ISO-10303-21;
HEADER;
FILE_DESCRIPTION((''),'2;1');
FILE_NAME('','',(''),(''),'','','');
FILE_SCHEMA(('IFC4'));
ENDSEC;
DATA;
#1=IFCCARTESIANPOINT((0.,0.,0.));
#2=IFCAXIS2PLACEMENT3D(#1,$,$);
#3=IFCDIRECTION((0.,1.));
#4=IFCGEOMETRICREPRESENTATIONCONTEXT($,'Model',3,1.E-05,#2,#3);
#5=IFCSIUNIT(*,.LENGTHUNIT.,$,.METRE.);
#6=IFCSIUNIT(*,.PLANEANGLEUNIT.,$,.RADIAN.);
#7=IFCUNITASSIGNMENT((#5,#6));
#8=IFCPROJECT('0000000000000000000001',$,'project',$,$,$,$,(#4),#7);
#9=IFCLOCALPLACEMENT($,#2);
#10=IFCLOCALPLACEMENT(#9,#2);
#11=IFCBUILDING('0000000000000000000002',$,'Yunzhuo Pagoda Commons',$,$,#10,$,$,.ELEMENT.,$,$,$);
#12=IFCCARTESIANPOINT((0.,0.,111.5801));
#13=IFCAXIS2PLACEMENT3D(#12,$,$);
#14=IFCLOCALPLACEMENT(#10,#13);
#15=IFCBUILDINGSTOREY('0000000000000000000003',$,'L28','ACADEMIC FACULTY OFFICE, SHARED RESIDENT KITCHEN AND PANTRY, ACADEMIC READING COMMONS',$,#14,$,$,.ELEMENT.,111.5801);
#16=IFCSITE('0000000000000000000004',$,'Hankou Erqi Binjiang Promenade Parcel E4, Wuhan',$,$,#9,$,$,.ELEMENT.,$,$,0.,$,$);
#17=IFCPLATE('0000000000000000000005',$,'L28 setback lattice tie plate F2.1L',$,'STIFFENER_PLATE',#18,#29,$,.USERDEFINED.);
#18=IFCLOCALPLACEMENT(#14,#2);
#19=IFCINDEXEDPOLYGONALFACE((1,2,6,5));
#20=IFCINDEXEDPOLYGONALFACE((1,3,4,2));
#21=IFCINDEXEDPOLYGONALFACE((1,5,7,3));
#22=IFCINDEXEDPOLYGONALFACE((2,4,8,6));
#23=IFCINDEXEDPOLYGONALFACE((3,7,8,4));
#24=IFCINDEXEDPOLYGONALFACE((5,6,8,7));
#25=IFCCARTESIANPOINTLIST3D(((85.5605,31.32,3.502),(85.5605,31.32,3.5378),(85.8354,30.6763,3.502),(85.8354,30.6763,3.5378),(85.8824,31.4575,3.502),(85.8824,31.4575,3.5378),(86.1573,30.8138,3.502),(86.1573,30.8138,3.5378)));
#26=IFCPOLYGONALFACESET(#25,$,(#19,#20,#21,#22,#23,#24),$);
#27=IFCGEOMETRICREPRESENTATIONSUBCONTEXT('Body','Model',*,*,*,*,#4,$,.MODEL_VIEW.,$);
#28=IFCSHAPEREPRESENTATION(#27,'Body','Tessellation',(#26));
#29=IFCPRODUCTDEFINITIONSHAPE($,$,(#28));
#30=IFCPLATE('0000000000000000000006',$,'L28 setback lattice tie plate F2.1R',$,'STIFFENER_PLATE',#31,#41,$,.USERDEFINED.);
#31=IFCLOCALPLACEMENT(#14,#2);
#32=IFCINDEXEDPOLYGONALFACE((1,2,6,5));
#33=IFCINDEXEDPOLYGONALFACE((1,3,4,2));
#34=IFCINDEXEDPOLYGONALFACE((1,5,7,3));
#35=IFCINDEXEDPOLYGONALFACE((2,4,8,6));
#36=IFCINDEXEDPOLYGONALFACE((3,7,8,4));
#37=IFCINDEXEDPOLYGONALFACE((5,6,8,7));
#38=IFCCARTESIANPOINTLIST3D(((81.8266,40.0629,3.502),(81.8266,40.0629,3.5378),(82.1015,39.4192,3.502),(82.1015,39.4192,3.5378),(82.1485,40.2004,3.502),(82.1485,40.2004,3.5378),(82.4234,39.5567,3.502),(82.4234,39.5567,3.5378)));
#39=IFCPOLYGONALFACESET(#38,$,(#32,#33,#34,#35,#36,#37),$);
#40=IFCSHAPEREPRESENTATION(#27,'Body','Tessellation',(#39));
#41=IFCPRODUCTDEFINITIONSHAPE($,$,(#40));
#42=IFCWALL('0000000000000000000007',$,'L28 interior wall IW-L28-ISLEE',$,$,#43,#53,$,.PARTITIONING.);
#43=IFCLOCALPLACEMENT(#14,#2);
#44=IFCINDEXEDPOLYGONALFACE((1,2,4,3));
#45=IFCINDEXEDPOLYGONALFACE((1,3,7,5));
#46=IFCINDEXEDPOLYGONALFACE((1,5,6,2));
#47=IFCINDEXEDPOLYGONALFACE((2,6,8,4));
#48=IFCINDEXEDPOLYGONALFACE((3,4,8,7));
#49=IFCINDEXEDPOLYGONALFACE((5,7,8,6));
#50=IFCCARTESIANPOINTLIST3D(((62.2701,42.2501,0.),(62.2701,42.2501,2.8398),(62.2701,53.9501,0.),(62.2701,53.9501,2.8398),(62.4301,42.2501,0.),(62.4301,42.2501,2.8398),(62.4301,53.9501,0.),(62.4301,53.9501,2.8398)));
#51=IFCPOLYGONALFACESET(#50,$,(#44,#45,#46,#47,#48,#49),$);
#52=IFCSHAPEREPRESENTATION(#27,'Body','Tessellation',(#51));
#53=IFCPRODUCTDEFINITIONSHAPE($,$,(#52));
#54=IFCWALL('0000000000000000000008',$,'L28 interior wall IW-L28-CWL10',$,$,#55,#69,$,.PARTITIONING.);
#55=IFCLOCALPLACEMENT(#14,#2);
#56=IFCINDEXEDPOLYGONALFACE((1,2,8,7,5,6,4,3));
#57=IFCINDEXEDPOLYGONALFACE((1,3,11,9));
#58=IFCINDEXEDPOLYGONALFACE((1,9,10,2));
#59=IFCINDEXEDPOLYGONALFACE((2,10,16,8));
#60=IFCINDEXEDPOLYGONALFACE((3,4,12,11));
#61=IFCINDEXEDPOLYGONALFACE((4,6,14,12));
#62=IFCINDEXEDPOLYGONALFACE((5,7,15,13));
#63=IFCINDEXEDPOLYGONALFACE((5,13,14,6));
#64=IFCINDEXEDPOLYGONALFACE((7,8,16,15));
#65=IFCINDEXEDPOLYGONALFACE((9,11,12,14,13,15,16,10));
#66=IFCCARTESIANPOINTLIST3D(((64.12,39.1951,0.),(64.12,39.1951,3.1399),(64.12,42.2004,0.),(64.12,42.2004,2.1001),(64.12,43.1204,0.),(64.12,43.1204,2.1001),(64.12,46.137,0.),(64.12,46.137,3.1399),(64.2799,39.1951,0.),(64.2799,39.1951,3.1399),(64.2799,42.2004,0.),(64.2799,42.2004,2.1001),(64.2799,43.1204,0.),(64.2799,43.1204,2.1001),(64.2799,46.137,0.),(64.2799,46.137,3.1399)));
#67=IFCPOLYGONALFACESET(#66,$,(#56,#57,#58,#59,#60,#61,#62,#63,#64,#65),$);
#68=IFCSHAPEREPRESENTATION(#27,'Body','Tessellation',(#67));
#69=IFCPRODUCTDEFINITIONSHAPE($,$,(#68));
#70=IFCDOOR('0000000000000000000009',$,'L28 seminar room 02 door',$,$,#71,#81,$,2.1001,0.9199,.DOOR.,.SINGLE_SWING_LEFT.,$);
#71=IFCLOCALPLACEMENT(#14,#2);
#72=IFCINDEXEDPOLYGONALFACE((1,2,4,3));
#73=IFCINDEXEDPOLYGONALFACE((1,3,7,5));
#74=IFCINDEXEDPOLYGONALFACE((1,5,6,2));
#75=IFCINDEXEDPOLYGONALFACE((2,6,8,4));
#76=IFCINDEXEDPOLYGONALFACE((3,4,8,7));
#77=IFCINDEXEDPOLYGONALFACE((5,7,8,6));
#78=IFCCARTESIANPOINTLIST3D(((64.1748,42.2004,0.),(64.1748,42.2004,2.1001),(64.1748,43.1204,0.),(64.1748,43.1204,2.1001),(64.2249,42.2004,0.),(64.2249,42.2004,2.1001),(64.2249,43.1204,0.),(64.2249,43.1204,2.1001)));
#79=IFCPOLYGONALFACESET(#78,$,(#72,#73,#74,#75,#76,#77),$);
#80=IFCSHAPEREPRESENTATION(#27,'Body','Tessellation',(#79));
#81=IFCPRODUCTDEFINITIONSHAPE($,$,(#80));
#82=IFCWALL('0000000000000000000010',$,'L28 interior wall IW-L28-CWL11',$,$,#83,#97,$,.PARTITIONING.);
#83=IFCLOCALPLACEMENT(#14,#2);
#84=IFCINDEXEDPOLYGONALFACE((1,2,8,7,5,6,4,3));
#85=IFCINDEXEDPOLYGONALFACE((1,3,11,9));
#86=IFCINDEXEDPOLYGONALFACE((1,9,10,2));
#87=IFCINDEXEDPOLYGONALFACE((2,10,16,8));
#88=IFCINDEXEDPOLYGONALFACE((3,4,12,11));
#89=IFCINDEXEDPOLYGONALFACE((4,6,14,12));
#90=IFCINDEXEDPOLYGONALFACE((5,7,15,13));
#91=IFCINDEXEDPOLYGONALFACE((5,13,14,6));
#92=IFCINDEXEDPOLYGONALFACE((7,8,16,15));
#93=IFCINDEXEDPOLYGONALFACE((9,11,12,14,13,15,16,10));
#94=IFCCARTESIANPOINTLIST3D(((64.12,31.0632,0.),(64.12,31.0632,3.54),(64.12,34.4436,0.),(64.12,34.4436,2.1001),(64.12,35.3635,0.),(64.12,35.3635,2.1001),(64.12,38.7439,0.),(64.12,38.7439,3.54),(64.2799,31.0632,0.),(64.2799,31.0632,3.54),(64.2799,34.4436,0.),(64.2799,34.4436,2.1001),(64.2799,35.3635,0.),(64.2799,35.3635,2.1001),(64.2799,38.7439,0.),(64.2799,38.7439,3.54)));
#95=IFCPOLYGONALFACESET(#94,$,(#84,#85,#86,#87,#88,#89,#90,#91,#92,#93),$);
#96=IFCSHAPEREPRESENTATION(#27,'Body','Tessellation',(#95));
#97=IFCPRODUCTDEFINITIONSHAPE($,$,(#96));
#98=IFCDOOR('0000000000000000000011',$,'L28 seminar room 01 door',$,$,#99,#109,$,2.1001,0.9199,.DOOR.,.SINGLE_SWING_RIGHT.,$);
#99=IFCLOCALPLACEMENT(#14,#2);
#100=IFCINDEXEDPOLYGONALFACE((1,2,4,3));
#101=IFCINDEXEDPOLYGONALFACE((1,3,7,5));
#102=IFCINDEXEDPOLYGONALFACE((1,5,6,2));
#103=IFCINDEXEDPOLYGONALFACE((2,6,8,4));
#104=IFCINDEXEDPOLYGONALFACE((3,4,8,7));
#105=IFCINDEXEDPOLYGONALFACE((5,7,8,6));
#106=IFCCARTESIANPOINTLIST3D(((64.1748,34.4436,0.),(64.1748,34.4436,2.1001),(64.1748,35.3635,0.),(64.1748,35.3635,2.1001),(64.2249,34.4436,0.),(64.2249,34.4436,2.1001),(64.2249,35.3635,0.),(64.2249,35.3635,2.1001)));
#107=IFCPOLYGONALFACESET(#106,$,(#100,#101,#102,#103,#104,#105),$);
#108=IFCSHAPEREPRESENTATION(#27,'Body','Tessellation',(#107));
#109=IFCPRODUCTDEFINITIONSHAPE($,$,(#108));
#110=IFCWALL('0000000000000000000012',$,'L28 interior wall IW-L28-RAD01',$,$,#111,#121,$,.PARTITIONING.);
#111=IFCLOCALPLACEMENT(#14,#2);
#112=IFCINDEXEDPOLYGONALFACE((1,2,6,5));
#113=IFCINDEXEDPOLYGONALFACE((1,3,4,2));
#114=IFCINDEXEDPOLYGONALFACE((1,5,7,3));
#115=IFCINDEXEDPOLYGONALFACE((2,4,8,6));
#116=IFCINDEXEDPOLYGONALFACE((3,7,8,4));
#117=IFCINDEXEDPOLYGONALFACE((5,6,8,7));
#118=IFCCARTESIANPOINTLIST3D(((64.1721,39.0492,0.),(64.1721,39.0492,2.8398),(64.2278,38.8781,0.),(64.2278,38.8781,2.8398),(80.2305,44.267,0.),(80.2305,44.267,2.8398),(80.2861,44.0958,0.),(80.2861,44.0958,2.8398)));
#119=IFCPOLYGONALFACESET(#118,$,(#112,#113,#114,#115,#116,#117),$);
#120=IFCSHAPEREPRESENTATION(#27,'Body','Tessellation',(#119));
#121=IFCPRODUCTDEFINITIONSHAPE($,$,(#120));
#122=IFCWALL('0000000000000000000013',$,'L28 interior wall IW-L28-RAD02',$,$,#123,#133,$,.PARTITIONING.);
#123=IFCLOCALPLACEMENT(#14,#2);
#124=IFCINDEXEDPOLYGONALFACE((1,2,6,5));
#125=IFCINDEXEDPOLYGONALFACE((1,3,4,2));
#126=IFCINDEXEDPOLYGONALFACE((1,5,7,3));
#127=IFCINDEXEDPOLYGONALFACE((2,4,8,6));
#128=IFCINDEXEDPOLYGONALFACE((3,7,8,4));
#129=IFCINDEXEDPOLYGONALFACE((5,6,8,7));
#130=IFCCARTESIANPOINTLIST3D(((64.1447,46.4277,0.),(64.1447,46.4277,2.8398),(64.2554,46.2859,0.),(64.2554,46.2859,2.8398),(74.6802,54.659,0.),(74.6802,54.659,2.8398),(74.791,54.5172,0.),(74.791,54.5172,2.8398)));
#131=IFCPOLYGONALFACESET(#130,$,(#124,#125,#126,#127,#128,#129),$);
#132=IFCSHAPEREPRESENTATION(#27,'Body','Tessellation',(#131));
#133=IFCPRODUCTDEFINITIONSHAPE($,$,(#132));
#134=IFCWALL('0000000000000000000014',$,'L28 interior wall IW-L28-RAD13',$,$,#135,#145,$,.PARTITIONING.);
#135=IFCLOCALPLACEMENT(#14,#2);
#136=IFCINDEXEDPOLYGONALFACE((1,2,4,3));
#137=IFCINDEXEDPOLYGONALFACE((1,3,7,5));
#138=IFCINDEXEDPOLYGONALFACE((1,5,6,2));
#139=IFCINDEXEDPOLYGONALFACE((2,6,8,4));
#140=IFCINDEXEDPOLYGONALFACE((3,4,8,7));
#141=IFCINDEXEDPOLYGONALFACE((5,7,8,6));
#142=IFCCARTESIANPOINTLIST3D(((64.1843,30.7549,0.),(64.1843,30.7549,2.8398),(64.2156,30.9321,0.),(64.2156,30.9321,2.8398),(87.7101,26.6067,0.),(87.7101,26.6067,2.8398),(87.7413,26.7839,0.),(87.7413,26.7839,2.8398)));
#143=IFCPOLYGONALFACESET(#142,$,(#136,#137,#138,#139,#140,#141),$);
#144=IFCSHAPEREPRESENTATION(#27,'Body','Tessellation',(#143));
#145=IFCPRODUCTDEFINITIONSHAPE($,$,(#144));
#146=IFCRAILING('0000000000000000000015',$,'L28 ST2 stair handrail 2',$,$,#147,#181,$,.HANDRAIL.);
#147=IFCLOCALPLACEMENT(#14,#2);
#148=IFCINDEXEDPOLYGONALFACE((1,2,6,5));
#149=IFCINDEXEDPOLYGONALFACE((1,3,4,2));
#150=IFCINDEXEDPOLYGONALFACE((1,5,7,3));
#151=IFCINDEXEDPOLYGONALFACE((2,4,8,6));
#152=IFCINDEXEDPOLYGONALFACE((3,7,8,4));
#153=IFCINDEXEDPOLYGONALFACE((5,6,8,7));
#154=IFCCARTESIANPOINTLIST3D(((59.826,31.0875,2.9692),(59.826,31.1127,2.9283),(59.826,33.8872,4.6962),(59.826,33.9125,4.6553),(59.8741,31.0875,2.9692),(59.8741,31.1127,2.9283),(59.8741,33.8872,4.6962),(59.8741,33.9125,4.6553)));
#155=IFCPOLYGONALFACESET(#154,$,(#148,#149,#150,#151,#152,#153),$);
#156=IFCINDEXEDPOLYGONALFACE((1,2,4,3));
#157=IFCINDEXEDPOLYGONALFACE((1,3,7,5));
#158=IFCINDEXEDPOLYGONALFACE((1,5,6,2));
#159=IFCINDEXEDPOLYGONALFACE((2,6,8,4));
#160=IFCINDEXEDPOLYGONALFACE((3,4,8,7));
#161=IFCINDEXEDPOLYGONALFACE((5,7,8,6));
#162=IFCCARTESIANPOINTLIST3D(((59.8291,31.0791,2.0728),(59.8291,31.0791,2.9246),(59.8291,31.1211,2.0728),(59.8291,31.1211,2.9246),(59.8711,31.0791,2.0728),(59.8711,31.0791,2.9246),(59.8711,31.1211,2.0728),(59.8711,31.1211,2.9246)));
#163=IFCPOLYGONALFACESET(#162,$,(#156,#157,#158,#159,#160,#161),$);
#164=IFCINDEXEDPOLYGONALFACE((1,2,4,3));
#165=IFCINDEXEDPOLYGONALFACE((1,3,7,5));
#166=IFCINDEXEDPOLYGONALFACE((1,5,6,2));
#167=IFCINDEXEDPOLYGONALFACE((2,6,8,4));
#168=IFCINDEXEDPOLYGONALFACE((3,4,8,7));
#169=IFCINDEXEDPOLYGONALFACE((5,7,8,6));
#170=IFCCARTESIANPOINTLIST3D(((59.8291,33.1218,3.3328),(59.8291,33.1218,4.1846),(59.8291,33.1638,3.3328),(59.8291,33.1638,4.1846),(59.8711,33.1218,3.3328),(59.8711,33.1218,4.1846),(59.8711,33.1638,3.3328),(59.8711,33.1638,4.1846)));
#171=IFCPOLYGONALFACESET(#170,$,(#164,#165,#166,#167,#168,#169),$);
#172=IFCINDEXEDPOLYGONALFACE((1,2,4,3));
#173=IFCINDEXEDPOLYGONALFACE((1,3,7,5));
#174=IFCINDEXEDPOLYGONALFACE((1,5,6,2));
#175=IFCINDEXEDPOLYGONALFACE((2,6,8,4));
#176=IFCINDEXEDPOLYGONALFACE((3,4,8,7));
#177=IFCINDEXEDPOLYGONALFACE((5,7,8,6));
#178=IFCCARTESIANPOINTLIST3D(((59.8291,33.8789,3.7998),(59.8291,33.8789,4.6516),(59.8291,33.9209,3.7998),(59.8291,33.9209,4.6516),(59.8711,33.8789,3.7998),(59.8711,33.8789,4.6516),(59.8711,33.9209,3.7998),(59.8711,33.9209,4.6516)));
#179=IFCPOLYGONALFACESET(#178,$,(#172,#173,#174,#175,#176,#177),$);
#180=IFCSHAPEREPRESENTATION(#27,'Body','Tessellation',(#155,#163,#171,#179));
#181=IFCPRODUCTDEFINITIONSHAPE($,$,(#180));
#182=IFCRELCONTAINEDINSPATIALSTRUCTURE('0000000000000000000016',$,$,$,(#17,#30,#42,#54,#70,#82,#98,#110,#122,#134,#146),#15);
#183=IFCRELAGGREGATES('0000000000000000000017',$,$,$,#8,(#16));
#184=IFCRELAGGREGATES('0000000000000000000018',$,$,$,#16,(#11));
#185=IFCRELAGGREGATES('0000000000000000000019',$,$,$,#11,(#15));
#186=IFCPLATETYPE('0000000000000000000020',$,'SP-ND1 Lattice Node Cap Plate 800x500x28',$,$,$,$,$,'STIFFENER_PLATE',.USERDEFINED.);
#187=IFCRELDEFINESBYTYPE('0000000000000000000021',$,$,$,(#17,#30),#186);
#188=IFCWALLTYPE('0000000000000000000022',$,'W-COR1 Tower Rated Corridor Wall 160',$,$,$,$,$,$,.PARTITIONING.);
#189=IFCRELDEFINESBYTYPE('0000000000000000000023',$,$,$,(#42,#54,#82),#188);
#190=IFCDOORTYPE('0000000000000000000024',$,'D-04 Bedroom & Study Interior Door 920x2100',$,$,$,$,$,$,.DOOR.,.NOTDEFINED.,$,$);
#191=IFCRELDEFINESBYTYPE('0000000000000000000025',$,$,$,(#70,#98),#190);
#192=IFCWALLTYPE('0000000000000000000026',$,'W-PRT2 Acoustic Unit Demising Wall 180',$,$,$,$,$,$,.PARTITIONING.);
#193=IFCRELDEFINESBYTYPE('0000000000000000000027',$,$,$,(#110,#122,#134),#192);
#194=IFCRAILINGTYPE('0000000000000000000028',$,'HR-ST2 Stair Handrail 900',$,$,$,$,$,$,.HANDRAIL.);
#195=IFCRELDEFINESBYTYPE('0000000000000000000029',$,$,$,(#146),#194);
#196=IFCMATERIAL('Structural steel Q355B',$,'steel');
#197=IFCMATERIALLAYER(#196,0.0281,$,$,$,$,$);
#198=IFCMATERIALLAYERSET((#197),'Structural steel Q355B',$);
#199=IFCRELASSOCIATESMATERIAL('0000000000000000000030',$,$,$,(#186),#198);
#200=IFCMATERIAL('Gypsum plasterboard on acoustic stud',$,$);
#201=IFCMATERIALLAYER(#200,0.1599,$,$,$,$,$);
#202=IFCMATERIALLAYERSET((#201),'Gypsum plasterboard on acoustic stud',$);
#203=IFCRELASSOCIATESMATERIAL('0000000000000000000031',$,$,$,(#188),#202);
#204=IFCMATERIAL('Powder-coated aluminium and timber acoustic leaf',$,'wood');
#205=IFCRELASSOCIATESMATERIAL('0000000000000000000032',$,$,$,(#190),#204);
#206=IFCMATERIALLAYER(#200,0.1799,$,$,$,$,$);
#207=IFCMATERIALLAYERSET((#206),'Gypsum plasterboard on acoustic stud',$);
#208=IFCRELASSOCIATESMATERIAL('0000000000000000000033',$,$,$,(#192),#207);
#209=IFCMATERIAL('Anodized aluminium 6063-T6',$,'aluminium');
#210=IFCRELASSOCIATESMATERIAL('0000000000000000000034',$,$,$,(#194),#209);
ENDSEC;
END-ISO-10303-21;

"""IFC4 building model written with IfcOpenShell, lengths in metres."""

from ifc_helpers import new_model, si_unit, direction, frame, frame_2d, origin, origin_with_axes, origin_2d, place, context, subcontext, project, spatial, rectangle, extrude, source, transform, mapped, material, layer, layer_set, type_object, element, fill, save


model = new_model("IFC4")

# Units and contexts
model_context = context("Model", 3, precision=1e-05, world=origin(), true_north=direction((0.0, 1.0)))
body_context = subcontext(model_context, "Body", "Model", "MODEL_VIEW")
ifc_project = project(units=[si_unit("LENGTHUNIT", "METRE"), si_unit("PLANEANGLEUNIT", "RADIAN")], contexts=[model_context])

# Site, building, storey
site_placement = place(None, origin())
site = spatial("IfcSite", under=ifc_project, at=site_placement, Name="Hankou Erqi Binjiang Promenade Parcel E4, Wuhan", CompositionType="ELEMENT", RefElevation=0.0)
building_placement = place(site_placement, origin())
building = spatial("IfcBuilding", under=site, at=building_placement, Name="Yunzhuo Pagoda Commons", CompositionType="ELEMENT")
storey_placement = place(building_placement, frame((0.0, 0.0, 111.5801)))
storey = spatial("IfcBuildingStorey", under=building, at=storey_placement, Name="L28", Description="ACADEMIC FACULTY OFFICE, SHARED RESIDENT KITCHEN AND PANTRY, ACADEMIC READING COMMONS", CompositionType="ELEMENT", Elevation=111.5801)

# Shared definitions
ifc_material_1 = material(Name="Structural steel Q355B", Category="steel")

# Shared definitions
ifc_material_2 = material(Name="Anodized aluminium 6063-T6", Category="aluminium")

# Plates
ifc_layer_1 = layer(ifc_material_1, 0.0281)
ifc_layer_set_1 = layer_set([ifc_layer_1], Name="Structural steel Q355B")
plate_type_1 = type_object("IfcPlateType", Name="SP-ND1 Lattice Node Cap Plate 800x500x28", ElementType="STIFFENER_PLATE", PredefinedType="USERDEFINED", material=ifc_layer_set_1)
shared_shape_1 = source(origin(), body_context, "Body", "SweptSolid", [
    extrude(rectangle(XDim=0.7, YDim=0.3501, at=origin_2d()), origin(), (0.0, 0.0, 1.0), 0.0359),
])
for number, where, z_axis, x_axis, name in (
    (1, (85.8589, 31.0669, 3.502), (0.0, 0.0, 1.0), (-0.392738, 0.91965, 0.0), "L28 setback lattice tie plate F2.1L"),
    (2, (82.125, 39.8098, 3.502), (0.0, 0.0, 1.0), (-0.392738, 0.91965, 0.0), "L28 setback lattice tie plate F2.1R"),
):
    element("IfcPlate", number, at=place(storey_placement, frame(where, z_axis=z_axis, x_axis=x_axis)), inside=storey, type_object=plate_type_1, Name=name, ObjectType="STIFFENER_PLATE", PredefinedType="USERDEFINED", context=body_context, shape_type="MappedRepresentation", body=[
        mapped(shared_shape_1, transform((0.0, 0.0, 0.0), scale=1.0)),
    ])

# Wall
ifc_material_3 = material(Name="Gypsum plasterboard on acoustic stud")
ifc_layer_2 = layer(ifc_material_3, 0.1599)
ifc_layer_set_2 = layer_set([ifc_layer_2], Name="Gypsum plasterboard on acoustic stud")
wall_type_1 = type_object("IfcWallType", Name="W-COR1 Tower Rated Corridor Wall 160", PredefinedType="PARTITIONING", material=ifc_layer_set_2)
wall_1_placement = place(storey_placement, frame((62.3501, 42.25, 0.0), z_axis=(0.0, 0.0, 1.0), x_axis=(0.0, 1.0, 0.0)))
element("IfcWall", 3, at=wall_1_placement, inside=storey, type_object=wall_type_1, Name="L28 interior wall IW-L28-ISLEE", PredefinedType="PARTITIONING", context=body_context, shape_type="SweptSolid", body=[
    extrude(rectangle(XDim=11.7, YDim=0.1599, at=frame_2d((5.8501, 0.0))), origin(), (0.0, 0.0, 1.0), 2.8398),
])

# Walls, openings, doors
wall_2_placement = place(storey_placement, frame((64.2, 46.137, 0.0), z_axis=(0.0, 0.0, 1.0), x_axis=(0.0, -1.0, 0.0)))
wall_2 = element("IfcWall", 4, at=wall_2_placement, inside=storey, type_object=wall_type_1, Name="L28 interior wall IW-L28-CWL10", PredefinedType="PARTITIONING", context=body_context, shape_type="SweptSolid", body=[
    extrude(rectangle(XDim=6.9419, YDim=0.1599, at=frame_2d((3.4709, 0.0))), origin(), (0.0, 0.0, 1.0), 3.1399),
])
opening_1_placement = place(wall_2_placement, frame((3.0166, 0.0, 0.0)))
opening_1 = element("IfcOpeningElement", 5, at=opening_1_placement, cuts=wall_2, PredefinedType="OPENING", context=body_context, shape_type="SweptSolid", body=[
    extrude(rectangle(XDim=0.9199, YDim=2.1001, at=frame_2d((0.46, 1.05))), frame((0.0, 0.0898, 0.0), z_axis=(0.0, -1.0, 0.0), x_axis=(1.0, 0.0, 0.0)), (0.0, 0.0, 1.0), 0.1799),
])
ifc_material_4 = material(Name="Powder-coated aluminium and timber acoustic leaf", Category="wood")
door_type = type_object("IfcDoorType", Name="D-04 Bedroom & Study Interior Door 920x2100", OperationType="NOTDEFINED", PredefinedType="DOOR", material=ifc_material_4)
shared_shape_2 = source(origin(), body_context, "Body", "SweptSolid", [
    extrude(rectangle(XDim=0.9199, YDim=2.1001, at=frame_2d((0.46, 1.05))), frame((0.0, 0.0249, 0.0), z_axis=(0.0, -1.0, 0.0), x_axis=(1.0, 0.0, 0.0)), (0.0, 0.0, 1.0), 0.05),
])
door_1_placement = place(opening_1_placement, origin_with_axes())
door_1 = element("IfcDoor", 6, at=door_1_placement, inside=storey, type_object=door_type, Name="L28 seminar room 02 door", OperationType="SINGLE_SWING_LEFT", OverallHeight=2.1001, OverallWidth=0.9199, PredefinedType="DOOR", context=body_context, shape_type="MappedRepresentation", body=[
    mapped(shared_shape_2, transform((0.0, 0.0, 0.0), scale=1.0)),
])
fill(opening_1, door_1)
wall_3_placement = place(storey_placement, frame((64.2, 38.7439, 0.0), z_axis=(0.0, 0.0, 1.0), x_axis=(0.0, -1.0, 0.0)))
wall_3 = element("IfcWall", 7, at=wall_3_placement, inside=storey, type_object=wall_type_1, Name="L28 interior wall IW-L28-CWL11", PredefinedType="PARTITIONING", context=body_context, shape_type="SweptSolid", body=[
    extrude(rectangle(XDim=7.6807, YDim=0.1599, at=frame_2d((3.8403, 0.0))), origin(), (0.0, 0.0, 1.0), 3.54),
])
opening_2_placement = place(wall_3_placement, frame((3.3804, 0.0, 0.0)))
opening_2 = element("IfcOpeningElement", 8, at=opening_2_placement, cuts=wall_3, PredefinedType="OPENING", context=body_context, shape_type="SweptSolid", body=[
    extrude(rectangle(XDim=0.9199, YDim=2.1001, at=frame_2d((0.46, 1.05))), frame((0.0, 0.0898, 0.0), z_axis=(0.0, -1.0, 0.0), x_axis=(1.0, 0.0, 0.0)), (0.0, 0.0, 1.0), 0.1799),
])
door_2_placement = place(opening_2_placement, origin_with_axes())
door_2 = element("IfcDoor", 9, at=door_2_placement, inside=storey, type_object=door_type, Name="L28 seminar room 01 door", OperationType="SINGLE_SWING_RIGHT", OverallHeight=2.1001, OverallWidth=0.9199, PredefinedType="DOOR", context=body_context, shape_type="MappedRepresentation", body=[
    mapped(shared_shape_2, transform((0.0, 0.0, 0.0), scale=1.0)),
])
fill(opening_2, door_2)

# Walls
ifc_layer_3 = layer(ifc_material_3, 0.1799)
ifc_layer_set_3 = layer_set([ifc_layer_3], Name="Gypsum plasterboard on acoustic stud")
wall_type_2 = type_object("IfcWallType", Name="W-PRT2 Acoustic Unit Demising Wall 180", PredefinedType="PARTITIONING", material=ifc_layer_set_3)
wall_4_placement = place(storey_placement, frame((64.2, 38.9636, 0.0), z_axis=(0.0, 0.0, 1.0), x_axis=(0.951055, 0.309022, 0.0)))
element("IfcWall", 10, at=wall_4_placement, inside=storey, type_object=wall_type_2, Name="L28 interior wall IW-L28-RAD01", PredefinedType="PARTITIONING", context=body_context, shape_type="SweptSolid", body=[
    extrude(rectangle(XDim=16.8848, YDim=0.1799, at=frame_2d((8.4424, 0.0))), origin(), (0.0, 0.0, 1.0), 2.8398),
])
wall_5_placement = place(storey_placement, frame((64.2, 46.3567, 0.0), z_axis=(0.0, 0.0, 1.0), x_axis=(0.788007, 0.615666, 0.0)))
element("IfcWall", 11, at=wall_5_placement, inside=storey, type_object=wall_type_2, Name="L28 interior wall IW-L28-RAD02", PredefinedType="PARTITIONING", context=body_context, shape_type="SweptSolid", body=[
    extrude(rectangle(XDim=13.3699, YDim=0.1799, at=frame_2d((6.6851, 0.0))), origin(), (0.0, 0.0, 1.0), 2.8398),
])
wall_6_placement = place(storey_placement, frame((64.2, 30.8435, 0.0), z_axis=(0.0, 0.0, 1.0), x_axis=(0.984808, -0.173648, 0.0)))
element("IfcWall", 12, at=wall_6_placement, inside=storey, type_object=wall_type_2, Name="L28 interior wall IW-L28-RAD13", PredefinedType="PARTITIONING", context=body_context, shape_type="SweptSolid", body=[
    extrude(rectangle(XDim=23.8887, YDim=0.1799, at=frame_2d((11.9443, 0.0))), origin(), (0.0, 0.0, 1.0), 2.8398),
])

# Railing
railing_type = type_object("IfcRailingType", Name="HR-ST2 Stair Handrail 900", PredefinedType="HANDRAIL", material=ifc_material_2)
railing_placement = place(storey_placement, frame((59.8501, 31.1001, 2.0728)))
element("IfcRailing", 13, at=railing_placement, inside=storey, type_object=railing_type, Name="L28 ST2 stair handrail 2", PredefinedType="HANDRAIL", context=body_context, shape_type="SweptSolid", body=[
    extrude(rectangle(XDim=0.0481, YDim=0.0481, at=origin_2d()), frame((0.0, 0.0, 0.876), z_axis=(0.0, 0.851102, 0.525), x_axis=(-1.0, 0.0, 0.0)), (0.0, 0.0, 1.0), 3.2896),
    extrude(rectangle(XDim=0.042, YDim=0.042, at=origin_2d()), origin(), (0.0, 0.0, 1.0), 0.8518),
    extrude(rectangle(XDim=0.042, YDim=0.042, at=origin_2d()), frame((0.0, 2.0427, 1.26)), (0.0, 0.0, 1.0), 0.8518),
    extrude(rectangle(XDim=0.042, YDim=0.042, at=origin_2d()), frame((0.0, 2.7998, 1.7271)), (0.0, 0.0, 1.0), 0.8518),
])

save(model, "model.ifc")
